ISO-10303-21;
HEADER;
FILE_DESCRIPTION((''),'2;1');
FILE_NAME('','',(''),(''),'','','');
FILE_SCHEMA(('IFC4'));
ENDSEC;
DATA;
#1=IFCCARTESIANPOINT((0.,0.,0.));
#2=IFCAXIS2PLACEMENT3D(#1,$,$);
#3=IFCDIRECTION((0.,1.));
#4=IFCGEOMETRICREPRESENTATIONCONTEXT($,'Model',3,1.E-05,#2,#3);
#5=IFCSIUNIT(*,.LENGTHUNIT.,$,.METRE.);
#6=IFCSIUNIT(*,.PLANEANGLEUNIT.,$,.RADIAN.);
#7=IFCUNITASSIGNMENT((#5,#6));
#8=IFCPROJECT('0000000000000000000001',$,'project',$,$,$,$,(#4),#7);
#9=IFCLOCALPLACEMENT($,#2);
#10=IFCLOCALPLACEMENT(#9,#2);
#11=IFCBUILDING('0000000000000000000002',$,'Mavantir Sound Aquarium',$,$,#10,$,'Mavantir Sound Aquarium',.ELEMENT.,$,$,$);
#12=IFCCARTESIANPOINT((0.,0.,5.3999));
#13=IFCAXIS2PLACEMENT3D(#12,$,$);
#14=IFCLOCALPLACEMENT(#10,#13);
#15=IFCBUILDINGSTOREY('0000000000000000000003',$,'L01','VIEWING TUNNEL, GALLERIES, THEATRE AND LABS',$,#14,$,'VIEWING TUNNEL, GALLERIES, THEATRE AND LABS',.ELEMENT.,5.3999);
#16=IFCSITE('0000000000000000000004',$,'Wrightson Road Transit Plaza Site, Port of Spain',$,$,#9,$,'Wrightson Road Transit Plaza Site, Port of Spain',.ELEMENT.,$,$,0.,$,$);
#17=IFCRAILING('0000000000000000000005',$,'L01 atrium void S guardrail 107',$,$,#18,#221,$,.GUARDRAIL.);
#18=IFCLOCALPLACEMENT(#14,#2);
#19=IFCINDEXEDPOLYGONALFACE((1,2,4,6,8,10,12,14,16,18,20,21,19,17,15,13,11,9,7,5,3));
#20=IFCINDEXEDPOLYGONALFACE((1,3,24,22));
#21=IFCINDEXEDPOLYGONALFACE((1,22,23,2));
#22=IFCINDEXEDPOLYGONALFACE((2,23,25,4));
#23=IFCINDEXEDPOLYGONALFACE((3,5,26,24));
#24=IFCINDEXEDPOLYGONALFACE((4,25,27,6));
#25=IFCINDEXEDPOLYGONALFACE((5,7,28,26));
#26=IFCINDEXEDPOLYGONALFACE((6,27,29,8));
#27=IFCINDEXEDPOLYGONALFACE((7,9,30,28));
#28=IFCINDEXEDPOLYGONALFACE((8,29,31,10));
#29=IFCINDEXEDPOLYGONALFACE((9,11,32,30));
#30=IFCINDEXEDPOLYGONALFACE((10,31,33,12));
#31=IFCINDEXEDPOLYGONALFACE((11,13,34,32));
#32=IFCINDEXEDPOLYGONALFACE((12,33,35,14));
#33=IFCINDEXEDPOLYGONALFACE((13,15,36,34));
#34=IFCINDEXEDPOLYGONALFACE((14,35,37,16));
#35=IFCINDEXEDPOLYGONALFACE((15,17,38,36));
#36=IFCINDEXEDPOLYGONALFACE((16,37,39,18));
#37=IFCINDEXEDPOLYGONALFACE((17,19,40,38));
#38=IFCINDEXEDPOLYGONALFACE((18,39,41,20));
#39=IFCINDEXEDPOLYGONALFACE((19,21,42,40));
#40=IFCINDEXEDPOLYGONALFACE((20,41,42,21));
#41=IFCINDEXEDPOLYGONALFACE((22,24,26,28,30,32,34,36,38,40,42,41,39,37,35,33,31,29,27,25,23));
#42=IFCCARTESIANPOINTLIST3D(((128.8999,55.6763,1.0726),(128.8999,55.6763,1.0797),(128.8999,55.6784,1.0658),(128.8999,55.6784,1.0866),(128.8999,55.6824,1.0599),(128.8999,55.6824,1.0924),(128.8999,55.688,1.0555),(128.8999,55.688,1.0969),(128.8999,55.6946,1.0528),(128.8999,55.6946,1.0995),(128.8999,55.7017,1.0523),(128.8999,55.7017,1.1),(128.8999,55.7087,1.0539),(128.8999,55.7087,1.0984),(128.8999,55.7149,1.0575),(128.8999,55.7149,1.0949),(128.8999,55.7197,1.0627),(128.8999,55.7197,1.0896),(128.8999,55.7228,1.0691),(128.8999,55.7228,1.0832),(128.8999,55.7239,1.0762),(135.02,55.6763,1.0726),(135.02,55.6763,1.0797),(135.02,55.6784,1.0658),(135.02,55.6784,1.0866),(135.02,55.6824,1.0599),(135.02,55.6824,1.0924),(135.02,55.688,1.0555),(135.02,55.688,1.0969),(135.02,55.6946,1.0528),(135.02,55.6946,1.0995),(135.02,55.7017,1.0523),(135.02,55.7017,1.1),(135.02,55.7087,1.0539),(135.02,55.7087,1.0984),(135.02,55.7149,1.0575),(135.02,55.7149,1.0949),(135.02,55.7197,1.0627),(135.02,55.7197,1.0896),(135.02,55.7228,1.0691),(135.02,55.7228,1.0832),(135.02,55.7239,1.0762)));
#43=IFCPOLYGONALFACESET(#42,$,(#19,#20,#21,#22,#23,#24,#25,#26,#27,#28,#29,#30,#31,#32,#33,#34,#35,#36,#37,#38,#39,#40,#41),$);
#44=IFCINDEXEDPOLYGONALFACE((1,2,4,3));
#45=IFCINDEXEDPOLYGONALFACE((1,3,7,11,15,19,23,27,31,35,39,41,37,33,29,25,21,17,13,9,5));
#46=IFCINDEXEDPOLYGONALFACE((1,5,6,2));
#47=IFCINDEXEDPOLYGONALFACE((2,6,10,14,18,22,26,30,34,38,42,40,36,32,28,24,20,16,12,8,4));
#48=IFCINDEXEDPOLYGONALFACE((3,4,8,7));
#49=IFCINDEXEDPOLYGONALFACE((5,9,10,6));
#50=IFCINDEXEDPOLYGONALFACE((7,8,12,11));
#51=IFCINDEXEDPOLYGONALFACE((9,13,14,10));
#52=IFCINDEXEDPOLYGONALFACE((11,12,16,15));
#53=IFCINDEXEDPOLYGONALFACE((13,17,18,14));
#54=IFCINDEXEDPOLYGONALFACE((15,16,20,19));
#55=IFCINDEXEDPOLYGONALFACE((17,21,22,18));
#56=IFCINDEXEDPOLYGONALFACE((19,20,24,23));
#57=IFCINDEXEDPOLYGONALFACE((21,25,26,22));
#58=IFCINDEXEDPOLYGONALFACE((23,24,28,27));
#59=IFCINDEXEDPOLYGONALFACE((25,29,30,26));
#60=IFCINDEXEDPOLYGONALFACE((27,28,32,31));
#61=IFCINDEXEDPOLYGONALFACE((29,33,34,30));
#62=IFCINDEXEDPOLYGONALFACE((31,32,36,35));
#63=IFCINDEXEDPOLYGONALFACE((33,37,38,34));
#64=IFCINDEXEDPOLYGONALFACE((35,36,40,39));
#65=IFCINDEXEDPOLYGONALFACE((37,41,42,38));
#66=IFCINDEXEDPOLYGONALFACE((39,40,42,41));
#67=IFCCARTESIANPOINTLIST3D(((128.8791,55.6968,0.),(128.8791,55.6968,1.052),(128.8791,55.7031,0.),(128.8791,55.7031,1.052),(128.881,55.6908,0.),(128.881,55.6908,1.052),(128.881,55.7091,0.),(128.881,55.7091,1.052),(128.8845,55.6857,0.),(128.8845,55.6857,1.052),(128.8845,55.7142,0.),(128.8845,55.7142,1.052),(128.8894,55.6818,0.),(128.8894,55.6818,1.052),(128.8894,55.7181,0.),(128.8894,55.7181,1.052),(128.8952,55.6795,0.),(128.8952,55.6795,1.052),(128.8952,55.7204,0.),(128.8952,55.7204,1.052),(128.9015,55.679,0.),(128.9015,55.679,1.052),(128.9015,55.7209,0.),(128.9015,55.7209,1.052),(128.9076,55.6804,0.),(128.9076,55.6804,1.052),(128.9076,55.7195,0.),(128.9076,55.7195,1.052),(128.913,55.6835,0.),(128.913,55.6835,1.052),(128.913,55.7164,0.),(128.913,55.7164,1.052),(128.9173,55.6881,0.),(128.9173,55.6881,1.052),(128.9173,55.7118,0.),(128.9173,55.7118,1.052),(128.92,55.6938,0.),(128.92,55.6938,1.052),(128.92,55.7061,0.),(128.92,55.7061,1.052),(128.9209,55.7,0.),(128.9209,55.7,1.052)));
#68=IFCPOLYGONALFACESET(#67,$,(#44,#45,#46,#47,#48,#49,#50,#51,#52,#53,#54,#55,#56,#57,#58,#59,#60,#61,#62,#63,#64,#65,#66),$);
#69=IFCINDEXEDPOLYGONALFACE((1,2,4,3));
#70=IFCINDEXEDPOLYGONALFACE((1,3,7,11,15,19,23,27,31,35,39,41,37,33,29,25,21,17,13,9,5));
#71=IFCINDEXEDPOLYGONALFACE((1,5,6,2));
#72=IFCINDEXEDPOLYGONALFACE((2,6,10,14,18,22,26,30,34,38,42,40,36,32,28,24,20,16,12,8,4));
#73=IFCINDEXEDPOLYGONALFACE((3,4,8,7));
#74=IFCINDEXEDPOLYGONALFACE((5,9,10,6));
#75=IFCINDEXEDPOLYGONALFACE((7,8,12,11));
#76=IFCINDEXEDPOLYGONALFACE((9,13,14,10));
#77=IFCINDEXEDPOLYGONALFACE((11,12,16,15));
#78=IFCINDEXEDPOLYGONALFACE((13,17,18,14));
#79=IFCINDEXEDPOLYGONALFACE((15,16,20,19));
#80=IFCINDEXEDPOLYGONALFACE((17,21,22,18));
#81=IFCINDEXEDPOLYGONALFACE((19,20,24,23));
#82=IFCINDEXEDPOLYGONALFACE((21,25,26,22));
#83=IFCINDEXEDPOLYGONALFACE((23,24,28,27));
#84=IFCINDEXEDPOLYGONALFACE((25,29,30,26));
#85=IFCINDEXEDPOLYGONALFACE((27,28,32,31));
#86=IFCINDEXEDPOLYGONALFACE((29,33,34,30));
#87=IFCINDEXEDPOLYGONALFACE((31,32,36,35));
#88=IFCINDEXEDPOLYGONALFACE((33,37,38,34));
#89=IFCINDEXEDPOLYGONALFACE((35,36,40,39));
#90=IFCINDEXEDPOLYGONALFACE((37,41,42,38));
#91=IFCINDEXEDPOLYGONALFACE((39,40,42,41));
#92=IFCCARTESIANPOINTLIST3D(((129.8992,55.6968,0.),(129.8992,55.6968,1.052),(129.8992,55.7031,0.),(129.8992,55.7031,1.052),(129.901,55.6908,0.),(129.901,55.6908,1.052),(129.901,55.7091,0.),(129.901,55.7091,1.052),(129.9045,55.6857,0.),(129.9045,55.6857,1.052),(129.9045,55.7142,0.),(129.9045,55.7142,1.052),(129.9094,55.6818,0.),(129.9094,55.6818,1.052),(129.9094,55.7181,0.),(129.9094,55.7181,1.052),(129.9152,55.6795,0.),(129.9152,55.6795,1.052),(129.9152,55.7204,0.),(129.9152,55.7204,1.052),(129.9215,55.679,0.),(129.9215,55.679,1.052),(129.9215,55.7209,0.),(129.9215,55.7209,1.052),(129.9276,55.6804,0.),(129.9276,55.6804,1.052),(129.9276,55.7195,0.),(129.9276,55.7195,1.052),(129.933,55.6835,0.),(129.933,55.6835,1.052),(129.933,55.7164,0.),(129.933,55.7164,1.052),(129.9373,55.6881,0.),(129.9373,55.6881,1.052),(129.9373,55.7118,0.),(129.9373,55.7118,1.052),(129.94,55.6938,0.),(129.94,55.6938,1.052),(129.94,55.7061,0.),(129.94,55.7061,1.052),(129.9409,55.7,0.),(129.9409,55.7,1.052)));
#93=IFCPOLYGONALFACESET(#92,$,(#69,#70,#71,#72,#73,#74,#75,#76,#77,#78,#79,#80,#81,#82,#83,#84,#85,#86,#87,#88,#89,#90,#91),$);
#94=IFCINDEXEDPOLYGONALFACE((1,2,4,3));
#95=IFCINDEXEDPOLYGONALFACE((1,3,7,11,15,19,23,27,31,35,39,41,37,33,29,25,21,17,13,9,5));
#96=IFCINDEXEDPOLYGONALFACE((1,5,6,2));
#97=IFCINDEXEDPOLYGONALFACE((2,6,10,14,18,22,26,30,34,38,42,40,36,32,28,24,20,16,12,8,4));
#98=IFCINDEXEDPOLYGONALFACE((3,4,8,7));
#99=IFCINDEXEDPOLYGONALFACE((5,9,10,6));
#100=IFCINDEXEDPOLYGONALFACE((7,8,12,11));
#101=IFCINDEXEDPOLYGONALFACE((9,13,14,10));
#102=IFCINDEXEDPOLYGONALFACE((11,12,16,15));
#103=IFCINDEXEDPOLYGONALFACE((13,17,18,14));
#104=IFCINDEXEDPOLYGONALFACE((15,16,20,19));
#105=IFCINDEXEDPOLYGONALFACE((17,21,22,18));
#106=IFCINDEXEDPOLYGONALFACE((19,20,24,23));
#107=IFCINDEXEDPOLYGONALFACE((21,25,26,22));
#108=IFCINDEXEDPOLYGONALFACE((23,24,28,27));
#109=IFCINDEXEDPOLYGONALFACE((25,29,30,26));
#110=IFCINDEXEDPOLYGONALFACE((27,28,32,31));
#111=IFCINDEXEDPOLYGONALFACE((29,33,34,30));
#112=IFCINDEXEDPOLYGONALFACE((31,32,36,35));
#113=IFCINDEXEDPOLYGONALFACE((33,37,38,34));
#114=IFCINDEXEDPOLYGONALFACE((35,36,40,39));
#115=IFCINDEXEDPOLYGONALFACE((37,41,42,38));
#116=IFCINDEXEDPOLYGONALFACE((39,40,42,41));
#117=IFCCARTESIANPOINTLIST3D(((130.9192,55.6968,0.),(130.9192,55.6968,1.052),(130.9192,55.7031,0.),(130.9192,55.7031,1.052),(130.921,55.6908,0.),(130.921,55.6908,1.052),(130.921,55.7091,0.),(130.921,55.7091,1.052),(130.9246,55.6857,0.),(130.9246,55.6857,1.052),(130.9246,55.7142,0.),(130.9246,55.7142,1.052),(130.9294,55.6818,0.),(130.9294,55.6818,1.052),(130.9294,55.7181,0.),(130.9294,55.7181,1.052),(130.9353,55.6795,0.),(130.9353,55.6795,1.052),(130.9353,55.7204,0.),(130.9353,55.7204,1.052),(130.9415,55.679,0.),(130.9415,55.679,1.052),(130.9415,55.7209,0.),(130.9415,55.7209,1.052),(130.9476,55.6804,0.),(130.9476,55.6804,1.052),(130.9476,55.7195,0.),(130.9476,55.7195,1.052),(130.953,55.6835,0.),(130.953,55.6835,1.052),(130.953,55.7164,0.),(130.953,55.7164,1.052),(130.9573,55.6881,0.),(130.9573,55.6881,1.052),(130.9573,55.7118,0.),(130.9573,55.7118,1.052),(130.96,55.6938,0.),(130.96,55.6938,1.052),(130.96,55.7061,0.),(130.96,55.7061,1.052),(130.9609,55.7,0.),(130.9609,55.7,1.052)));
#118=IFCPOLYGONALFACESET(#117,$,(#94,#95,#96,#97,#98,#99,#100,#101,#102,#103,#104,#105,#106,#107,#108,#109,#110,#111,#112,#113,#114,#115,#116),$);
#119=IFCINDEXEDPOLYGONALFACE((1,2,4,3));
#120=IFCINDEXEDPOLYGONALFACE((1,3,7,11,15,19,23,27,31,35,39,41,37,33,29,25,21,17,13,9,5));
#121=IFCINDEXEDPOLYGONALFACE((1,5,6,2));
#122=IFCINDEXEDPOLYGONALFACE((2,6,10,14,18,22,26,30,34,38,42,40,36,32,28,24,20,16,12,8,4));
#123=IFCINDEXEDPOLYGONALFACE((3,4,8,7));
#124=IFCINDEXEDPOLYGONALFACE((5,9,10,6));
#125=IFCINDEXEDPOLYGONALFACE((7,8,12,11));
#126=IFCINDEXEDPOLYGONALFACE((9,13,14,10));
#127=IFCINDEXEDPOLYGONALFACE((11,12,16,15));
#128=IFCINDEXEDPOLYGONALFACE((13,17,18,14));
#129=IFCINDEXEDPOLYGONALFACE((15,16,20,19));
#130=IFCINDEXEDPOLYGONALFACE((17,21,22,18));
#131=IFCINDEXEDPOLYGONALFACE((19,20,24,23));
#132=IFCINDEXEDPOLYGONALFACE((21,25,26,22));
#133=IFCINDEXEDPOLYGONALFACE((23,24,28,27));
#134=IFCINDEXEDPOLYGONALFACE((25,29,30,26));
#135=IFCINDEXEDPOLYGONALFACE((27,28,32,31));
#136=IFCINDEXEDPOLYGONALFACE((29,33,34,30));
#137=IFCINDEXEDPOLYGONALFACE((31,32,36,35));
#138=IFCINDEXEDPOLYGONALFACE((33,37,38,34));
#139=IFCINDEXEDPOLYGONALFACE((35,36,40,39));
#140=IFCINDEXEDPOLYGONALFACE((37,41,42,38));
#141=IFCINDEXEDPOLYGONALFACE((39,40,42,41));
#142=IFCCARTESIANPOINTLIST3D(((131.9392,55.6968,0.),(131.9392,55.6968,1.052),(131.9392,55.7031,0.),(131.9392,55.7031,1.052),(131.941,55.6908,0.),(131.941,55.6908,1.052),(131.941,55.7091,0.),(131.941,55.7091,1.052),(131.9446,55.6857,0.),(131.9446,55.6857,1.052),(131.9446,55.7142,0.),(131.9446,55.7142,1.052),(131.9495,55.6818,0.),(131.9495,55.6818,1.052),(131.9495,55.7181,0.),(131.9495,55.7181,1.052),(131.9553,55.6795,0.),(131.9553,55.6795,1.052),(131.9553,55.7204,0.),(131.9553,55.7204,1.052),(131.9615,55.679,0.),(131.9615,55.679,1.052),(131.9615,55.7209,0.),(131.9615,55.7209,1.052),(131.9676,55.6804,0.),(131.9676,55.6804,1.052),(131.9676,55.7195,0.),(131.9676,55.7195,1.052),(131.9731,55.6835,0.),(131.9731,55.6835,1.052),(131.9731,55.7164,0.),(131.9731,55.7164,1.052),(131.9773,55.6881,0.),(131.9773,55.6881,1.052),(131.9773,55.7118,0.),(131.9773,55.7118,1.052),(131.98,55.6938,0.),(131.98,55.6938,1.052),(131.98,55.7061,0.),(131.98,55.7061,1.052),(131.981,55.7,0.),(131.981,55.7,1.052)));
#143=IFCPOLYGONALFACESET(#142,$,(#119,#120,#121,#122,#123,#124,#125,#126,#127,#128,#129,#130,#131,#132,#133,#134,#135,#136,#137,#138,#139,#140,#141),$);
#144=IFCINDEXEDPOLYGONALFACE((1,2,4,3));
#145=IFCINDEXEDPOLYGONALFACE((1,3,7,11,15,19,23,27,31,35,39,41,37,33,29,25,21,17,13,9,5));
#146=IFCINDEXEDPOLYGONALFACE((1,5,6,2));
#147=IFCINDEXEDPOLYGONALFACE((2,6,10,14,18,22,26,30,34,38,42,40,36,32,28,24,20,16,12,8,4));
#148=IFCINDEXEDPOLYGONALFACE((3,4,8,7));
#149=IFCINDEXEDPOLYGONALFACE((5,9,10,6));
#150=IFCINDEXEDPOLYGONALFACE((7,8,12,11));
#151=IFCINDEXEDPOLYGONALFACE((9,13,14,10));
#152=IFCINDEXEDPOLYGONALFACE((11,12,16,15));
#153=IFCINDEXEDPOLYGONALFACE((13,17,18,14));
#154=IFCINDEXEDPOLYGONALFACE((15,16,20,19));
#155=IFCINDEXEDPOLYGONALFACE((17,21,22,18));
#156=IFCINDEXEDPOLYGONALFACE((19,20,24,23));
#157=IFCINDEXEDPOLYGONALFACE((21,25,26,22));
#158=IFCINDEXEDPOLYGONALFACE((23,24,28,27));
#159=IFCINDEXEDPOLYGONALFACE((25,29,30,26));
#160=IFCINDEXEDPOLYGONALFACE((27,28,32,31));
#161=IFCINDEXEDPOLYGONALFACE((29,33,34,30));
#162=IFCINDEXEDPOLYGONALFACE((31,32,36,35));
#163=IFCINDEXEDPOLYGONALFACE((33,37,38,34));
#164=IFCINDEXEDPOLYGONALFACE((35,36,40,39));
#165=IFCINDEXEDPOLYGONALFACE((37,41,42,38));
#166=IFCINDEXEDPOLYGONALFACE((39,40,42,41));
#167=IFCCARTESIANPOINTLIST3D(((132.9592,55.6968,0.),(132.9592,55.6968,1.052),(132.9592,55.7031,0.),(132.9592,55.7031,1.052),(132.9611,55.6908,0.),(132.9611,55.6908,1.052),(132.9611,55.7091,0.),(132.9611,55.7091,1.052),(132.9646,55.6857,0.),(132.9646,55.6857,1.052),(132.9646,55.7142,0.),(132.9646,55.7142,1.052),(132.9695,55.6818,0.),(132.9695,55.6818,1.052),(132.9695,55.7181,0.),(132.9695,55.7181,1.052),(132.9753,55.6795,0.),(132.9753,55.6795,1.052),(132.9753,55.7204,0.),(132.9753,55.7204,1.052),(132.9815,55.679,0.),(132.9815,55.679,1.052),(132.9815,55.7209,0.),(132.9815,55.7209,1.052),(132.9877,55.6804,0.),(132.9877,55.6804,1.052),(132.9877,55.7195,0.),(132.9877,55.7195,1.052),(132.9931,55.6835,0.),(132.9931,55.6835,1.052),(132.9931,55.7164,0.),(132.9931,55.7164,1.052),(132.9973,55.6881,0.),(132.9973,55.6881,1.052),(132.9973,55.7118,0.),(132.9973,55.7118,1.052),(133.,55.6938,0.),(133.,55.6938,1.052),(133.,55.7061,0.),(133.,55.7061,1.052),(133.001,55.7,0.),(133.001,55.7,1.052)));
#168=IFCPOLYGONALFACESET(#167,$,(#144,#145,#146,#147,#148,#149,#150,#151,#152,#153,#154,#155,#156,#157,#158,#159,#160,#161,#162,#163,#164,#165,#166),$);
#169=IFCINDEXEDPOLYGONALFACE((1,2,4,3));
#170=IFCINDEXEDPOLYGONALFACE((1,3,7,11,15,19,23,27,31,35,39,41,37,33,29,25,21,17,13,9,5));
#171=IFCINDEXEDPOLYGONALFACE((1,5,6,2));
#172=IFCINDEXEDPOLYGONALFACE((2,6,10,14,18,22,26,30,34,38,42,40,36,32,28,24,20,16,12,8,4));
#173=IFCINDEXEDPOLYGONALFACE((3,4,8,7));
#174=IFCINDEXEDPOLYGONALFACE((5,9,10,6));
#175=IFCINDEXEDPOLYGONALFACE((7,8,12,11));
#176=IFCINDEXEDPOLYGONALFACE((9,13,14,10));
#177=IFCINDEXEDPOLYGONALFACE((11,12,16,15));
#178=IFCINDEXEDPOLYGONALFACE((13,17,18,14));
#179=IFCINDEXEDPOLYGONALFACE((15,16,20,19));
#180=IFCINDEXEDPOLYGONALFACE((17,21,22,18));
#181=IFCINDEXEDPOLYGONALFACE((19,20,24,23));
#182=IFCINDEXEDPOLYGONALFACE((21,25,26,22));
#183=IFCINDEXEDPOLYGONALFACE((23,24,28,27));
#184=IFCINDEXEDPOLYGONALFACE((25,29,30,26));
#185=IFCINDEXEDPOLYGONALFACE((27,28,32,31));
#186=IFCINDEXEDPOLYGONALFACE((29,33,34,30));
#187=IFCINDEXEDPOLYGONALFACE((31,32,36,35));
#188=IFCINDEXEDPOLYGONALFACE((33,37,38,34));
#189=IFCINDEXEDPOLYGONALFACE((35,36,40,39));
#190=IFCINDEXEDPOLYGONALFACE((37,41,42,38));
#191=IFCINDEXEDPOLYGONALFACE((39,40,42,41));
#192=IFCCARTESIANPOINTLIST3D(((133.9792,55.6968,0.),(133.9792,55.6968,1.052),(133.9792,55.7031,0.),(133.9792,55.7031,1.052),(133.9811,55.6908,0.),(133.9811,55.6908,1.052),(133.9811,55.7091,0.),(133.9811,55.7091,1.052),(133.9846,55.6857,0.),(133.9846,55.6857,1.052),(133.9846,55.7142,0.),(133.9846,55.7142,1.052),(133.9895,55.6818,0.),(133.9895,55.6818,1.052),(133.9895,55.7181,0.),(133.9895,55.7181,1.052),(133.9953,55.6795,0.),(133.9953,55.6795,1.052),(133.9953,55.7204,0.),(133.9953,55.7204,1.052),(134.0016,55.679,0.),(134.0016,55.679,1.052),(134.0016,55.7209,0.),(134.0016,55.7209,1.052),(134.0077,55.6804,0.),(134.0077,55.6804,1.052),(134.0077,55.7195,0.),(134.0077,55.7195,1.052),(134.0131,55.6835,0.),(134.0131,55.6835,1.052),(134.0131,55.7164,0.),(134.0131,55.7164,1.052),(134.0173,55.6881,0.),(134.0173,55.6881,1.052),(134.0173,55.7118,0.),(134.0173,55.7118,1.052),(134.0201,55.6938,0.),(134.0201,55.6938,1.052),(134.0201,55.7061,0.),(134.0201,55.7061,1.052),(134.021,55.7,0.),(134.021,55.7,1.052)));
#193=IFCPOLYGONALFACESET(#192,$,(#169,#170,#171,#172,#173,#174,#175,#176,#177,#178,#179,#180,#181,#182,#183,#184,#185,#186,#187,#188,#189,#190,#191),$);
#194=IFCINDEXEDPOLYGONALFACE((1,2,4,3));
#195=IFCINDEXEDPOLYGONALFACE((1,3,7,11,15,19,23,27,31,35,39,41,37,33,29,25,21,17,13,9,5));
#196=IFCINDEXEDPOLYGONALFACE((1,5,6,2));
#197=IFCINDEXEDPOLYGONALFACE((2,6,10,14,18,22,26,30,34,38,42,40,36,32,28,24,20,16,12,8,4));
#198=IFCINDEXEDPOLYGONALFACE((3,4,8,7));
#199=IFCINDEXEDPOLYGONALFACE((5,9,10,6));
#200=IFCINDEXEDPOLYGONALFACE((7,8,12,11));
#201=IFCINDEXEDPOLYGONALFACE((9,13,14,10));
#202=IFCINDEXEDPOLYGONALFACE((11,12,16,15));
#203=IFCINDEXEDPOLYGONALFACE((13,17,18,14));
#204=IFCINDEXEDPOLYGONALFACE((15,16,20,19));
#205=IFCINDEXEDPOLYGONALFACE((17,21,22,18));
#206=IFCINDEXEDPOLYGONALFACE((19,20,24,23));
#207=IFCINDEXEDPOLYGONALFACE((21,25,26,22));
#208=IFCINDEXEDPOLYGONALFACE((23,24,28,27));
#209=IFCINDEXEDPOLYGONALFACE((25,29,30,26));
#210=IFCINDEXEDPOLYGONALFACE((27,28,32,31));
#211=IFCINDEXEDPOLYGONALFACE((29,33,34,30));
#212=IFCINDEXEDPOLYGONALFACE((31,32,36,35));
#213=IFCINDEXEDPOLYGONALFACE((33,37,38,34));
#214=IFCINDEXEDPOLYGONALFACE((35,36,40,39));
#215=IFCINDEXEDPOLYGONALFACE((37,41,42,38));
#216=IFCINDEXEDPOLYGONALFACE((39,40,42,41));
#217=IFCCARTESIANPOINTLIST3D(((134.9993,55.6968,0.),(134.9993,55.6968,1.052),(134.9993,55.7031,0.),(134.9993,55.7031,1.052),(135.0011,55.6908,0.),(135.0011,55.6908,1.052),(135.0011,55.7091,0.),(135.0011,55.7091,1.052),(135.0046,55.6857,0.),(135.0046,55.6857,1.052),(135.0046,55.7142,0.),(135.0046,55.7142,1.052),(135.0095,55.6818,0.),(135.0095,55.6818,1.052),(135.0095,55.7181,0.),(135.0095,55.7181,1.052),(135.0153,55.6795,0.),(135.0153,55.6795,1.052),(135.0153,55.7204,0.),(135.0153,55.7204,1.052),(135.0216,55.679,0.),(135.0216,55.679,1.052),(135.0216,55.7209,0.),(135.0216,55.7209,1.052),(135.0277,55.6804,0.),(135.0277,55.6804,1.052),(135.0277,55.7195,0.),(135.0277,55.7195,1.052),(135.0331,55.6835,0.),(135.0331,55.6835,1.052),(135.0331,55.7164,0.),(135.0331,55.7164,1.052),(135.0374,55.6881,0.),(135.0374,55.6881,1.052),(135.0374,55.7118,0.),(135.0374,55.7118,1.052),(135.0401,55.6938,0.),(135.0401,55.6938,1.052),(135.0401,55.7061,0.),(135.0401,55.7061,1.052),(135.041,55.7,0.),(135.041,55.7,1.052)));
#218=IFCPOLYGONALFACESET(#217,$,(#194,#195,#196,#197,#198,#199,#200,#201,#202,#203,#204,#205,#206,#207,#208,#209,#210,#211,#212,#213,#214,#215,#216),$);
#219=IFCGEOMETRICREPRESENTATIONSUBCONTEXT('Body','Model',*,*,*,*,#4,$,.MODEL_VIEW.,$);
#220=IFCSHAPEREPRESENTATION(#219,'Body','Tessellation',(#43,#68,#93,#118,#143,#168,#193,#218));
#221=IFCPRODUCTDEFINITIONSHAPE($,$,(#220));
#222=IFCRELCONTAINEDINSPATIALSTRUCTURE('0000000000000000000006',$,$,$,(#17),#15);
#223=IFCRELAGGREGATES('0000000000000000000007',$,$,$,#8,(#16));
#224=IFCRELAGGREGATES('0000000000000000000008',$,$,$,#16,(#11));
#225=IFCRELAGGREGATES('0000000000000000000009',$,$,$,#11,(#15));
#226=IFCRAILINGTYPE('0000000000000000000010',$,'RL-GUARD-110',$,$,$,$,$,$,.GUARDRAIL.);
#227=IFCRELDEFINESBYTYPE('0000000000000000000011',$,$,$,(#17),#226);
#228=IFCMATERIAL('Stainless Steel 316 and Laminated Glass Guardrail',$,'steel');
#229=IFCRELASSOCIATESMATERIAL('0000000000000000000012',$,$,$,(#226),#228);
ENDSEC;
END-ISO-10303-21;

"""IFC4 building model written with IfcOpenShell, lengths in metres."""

from ifc_helpers import new_model, si_unit, direction, frame, origin, origin_2d, place, context, subcontext, project, spatial, circle, extrude, material, type_object, element, save


model = new_model("IFC4")

# Units and contexts
model_context = context("Model", 3, precision=1e-05, world=origin(), true_north=direction((0.0, 1.0)))
body_context = subcontext(model_context, "Body", "Model", "MODEL_VIEW")
ifc_project = project(units=[si_unit("LENGTHUNIT", "METRE"), si_unit("PLANEANGLEUNIT", "RADIAN")], contexts=[model_context])

# Site, building, storey
site_placement = place(None, origin())
site = spatial("IfcSite", under=ifc_project, at=site_placement, Name="Wrightson Road Transit Plaza Site, Port of Spain", LongName="Wrightson Road Transit Plaza Site, Port of Spain", CompositionType="ELEMENT", RefElevation=0.0)
building_placement = place(site_placement, origin())
building = spatial("IfcBuilding", under=site, at=building_placement, Name="Mavantir Sound Aquarium", LongName="Mavantir Sound Aquarium", CompositionType="ELEMENT")
storey_placement = place(building_placement, frame((0.0, 0.0, 5.3999)))
storey = spatial("IfcBuildingStorey", under=building, at=storey_placement, Name="L01", Description="VIEWING TUNNEL, GALLERIES, THEATRE AND LABS", LongName="VIEWING TUNNEL, GALLERIES, THEATRE AND LABS", CompositionType="ELEMENT", Elevation=5.3999)

# Railing
ifc_material_1 = material(Name="Stainless Steel 316 and Laminated Glass Guardrail", Category="steel")
railing_type = type_object("IfcRailingType", Name="RL-GUARD-110", PredefinedType="GUARDRAIL", material=ifc_material_1)
railing_1_placement = place(storey_placement, frame((128.8999, 55.7, 0.0)))
element("IfcRailing", 1, at=railing_1_placement, inside=storey, type_object=railing_type, Name="L01 atrium void S guardrail 107", PredefinedType="GUARDRAIL", context=body_context, shape_type="SweptSolid", body=[
    extrude(circle(Radius=0.0239, at=origin_2d()), frame((0.0, 0.0, 1.0762), z_axis=(1.0, 0.0, 0.0), x_axis=(0.0, 1.0, 0.0)), (0.0, 0.0, 1.0), 6.1201),
    extrude(circle(Radius=0.021, at=origin_2d()), origin(), (0.0, 0.0, 1.0), 1.052),
    extrude(circle(Radius=0.021, at=origin_2d()), frame((1.02, 0.0, 0.0)), (0.0, 0.0, 1.0), 1.052),
    extrude(circle(Radius=0.021, at=origin_2d()), frame((2.04, 0.0, 0.0)), (0.0, 0.0, 1.0), 1.052),
    extrude(circle(Radius=0.021, at=origin_2d()), frame((3.0601, 0.0, 0.0)), (0.0, 0.0, 1.0), 1.052),
    extrude(circle(Radius=0.021, at=origin_2d()), frame((4.0801, 0.0, 0.0)), (0.0, 0.0, 1.0), 1.052),
    extrude(circle(Radius=0.021, at=origin_2d()), frame((5.1001, 0.0, 0.0)), (0.0, 0.0, 1.0), 1.052),
    extrude(circle(Radius=0.021, at=origin_2d()), frame((6.1201, 0.0, 0.0)), (0.0, 0.0, 1.0), 1.052),
])

save(model, "model.ifc")
